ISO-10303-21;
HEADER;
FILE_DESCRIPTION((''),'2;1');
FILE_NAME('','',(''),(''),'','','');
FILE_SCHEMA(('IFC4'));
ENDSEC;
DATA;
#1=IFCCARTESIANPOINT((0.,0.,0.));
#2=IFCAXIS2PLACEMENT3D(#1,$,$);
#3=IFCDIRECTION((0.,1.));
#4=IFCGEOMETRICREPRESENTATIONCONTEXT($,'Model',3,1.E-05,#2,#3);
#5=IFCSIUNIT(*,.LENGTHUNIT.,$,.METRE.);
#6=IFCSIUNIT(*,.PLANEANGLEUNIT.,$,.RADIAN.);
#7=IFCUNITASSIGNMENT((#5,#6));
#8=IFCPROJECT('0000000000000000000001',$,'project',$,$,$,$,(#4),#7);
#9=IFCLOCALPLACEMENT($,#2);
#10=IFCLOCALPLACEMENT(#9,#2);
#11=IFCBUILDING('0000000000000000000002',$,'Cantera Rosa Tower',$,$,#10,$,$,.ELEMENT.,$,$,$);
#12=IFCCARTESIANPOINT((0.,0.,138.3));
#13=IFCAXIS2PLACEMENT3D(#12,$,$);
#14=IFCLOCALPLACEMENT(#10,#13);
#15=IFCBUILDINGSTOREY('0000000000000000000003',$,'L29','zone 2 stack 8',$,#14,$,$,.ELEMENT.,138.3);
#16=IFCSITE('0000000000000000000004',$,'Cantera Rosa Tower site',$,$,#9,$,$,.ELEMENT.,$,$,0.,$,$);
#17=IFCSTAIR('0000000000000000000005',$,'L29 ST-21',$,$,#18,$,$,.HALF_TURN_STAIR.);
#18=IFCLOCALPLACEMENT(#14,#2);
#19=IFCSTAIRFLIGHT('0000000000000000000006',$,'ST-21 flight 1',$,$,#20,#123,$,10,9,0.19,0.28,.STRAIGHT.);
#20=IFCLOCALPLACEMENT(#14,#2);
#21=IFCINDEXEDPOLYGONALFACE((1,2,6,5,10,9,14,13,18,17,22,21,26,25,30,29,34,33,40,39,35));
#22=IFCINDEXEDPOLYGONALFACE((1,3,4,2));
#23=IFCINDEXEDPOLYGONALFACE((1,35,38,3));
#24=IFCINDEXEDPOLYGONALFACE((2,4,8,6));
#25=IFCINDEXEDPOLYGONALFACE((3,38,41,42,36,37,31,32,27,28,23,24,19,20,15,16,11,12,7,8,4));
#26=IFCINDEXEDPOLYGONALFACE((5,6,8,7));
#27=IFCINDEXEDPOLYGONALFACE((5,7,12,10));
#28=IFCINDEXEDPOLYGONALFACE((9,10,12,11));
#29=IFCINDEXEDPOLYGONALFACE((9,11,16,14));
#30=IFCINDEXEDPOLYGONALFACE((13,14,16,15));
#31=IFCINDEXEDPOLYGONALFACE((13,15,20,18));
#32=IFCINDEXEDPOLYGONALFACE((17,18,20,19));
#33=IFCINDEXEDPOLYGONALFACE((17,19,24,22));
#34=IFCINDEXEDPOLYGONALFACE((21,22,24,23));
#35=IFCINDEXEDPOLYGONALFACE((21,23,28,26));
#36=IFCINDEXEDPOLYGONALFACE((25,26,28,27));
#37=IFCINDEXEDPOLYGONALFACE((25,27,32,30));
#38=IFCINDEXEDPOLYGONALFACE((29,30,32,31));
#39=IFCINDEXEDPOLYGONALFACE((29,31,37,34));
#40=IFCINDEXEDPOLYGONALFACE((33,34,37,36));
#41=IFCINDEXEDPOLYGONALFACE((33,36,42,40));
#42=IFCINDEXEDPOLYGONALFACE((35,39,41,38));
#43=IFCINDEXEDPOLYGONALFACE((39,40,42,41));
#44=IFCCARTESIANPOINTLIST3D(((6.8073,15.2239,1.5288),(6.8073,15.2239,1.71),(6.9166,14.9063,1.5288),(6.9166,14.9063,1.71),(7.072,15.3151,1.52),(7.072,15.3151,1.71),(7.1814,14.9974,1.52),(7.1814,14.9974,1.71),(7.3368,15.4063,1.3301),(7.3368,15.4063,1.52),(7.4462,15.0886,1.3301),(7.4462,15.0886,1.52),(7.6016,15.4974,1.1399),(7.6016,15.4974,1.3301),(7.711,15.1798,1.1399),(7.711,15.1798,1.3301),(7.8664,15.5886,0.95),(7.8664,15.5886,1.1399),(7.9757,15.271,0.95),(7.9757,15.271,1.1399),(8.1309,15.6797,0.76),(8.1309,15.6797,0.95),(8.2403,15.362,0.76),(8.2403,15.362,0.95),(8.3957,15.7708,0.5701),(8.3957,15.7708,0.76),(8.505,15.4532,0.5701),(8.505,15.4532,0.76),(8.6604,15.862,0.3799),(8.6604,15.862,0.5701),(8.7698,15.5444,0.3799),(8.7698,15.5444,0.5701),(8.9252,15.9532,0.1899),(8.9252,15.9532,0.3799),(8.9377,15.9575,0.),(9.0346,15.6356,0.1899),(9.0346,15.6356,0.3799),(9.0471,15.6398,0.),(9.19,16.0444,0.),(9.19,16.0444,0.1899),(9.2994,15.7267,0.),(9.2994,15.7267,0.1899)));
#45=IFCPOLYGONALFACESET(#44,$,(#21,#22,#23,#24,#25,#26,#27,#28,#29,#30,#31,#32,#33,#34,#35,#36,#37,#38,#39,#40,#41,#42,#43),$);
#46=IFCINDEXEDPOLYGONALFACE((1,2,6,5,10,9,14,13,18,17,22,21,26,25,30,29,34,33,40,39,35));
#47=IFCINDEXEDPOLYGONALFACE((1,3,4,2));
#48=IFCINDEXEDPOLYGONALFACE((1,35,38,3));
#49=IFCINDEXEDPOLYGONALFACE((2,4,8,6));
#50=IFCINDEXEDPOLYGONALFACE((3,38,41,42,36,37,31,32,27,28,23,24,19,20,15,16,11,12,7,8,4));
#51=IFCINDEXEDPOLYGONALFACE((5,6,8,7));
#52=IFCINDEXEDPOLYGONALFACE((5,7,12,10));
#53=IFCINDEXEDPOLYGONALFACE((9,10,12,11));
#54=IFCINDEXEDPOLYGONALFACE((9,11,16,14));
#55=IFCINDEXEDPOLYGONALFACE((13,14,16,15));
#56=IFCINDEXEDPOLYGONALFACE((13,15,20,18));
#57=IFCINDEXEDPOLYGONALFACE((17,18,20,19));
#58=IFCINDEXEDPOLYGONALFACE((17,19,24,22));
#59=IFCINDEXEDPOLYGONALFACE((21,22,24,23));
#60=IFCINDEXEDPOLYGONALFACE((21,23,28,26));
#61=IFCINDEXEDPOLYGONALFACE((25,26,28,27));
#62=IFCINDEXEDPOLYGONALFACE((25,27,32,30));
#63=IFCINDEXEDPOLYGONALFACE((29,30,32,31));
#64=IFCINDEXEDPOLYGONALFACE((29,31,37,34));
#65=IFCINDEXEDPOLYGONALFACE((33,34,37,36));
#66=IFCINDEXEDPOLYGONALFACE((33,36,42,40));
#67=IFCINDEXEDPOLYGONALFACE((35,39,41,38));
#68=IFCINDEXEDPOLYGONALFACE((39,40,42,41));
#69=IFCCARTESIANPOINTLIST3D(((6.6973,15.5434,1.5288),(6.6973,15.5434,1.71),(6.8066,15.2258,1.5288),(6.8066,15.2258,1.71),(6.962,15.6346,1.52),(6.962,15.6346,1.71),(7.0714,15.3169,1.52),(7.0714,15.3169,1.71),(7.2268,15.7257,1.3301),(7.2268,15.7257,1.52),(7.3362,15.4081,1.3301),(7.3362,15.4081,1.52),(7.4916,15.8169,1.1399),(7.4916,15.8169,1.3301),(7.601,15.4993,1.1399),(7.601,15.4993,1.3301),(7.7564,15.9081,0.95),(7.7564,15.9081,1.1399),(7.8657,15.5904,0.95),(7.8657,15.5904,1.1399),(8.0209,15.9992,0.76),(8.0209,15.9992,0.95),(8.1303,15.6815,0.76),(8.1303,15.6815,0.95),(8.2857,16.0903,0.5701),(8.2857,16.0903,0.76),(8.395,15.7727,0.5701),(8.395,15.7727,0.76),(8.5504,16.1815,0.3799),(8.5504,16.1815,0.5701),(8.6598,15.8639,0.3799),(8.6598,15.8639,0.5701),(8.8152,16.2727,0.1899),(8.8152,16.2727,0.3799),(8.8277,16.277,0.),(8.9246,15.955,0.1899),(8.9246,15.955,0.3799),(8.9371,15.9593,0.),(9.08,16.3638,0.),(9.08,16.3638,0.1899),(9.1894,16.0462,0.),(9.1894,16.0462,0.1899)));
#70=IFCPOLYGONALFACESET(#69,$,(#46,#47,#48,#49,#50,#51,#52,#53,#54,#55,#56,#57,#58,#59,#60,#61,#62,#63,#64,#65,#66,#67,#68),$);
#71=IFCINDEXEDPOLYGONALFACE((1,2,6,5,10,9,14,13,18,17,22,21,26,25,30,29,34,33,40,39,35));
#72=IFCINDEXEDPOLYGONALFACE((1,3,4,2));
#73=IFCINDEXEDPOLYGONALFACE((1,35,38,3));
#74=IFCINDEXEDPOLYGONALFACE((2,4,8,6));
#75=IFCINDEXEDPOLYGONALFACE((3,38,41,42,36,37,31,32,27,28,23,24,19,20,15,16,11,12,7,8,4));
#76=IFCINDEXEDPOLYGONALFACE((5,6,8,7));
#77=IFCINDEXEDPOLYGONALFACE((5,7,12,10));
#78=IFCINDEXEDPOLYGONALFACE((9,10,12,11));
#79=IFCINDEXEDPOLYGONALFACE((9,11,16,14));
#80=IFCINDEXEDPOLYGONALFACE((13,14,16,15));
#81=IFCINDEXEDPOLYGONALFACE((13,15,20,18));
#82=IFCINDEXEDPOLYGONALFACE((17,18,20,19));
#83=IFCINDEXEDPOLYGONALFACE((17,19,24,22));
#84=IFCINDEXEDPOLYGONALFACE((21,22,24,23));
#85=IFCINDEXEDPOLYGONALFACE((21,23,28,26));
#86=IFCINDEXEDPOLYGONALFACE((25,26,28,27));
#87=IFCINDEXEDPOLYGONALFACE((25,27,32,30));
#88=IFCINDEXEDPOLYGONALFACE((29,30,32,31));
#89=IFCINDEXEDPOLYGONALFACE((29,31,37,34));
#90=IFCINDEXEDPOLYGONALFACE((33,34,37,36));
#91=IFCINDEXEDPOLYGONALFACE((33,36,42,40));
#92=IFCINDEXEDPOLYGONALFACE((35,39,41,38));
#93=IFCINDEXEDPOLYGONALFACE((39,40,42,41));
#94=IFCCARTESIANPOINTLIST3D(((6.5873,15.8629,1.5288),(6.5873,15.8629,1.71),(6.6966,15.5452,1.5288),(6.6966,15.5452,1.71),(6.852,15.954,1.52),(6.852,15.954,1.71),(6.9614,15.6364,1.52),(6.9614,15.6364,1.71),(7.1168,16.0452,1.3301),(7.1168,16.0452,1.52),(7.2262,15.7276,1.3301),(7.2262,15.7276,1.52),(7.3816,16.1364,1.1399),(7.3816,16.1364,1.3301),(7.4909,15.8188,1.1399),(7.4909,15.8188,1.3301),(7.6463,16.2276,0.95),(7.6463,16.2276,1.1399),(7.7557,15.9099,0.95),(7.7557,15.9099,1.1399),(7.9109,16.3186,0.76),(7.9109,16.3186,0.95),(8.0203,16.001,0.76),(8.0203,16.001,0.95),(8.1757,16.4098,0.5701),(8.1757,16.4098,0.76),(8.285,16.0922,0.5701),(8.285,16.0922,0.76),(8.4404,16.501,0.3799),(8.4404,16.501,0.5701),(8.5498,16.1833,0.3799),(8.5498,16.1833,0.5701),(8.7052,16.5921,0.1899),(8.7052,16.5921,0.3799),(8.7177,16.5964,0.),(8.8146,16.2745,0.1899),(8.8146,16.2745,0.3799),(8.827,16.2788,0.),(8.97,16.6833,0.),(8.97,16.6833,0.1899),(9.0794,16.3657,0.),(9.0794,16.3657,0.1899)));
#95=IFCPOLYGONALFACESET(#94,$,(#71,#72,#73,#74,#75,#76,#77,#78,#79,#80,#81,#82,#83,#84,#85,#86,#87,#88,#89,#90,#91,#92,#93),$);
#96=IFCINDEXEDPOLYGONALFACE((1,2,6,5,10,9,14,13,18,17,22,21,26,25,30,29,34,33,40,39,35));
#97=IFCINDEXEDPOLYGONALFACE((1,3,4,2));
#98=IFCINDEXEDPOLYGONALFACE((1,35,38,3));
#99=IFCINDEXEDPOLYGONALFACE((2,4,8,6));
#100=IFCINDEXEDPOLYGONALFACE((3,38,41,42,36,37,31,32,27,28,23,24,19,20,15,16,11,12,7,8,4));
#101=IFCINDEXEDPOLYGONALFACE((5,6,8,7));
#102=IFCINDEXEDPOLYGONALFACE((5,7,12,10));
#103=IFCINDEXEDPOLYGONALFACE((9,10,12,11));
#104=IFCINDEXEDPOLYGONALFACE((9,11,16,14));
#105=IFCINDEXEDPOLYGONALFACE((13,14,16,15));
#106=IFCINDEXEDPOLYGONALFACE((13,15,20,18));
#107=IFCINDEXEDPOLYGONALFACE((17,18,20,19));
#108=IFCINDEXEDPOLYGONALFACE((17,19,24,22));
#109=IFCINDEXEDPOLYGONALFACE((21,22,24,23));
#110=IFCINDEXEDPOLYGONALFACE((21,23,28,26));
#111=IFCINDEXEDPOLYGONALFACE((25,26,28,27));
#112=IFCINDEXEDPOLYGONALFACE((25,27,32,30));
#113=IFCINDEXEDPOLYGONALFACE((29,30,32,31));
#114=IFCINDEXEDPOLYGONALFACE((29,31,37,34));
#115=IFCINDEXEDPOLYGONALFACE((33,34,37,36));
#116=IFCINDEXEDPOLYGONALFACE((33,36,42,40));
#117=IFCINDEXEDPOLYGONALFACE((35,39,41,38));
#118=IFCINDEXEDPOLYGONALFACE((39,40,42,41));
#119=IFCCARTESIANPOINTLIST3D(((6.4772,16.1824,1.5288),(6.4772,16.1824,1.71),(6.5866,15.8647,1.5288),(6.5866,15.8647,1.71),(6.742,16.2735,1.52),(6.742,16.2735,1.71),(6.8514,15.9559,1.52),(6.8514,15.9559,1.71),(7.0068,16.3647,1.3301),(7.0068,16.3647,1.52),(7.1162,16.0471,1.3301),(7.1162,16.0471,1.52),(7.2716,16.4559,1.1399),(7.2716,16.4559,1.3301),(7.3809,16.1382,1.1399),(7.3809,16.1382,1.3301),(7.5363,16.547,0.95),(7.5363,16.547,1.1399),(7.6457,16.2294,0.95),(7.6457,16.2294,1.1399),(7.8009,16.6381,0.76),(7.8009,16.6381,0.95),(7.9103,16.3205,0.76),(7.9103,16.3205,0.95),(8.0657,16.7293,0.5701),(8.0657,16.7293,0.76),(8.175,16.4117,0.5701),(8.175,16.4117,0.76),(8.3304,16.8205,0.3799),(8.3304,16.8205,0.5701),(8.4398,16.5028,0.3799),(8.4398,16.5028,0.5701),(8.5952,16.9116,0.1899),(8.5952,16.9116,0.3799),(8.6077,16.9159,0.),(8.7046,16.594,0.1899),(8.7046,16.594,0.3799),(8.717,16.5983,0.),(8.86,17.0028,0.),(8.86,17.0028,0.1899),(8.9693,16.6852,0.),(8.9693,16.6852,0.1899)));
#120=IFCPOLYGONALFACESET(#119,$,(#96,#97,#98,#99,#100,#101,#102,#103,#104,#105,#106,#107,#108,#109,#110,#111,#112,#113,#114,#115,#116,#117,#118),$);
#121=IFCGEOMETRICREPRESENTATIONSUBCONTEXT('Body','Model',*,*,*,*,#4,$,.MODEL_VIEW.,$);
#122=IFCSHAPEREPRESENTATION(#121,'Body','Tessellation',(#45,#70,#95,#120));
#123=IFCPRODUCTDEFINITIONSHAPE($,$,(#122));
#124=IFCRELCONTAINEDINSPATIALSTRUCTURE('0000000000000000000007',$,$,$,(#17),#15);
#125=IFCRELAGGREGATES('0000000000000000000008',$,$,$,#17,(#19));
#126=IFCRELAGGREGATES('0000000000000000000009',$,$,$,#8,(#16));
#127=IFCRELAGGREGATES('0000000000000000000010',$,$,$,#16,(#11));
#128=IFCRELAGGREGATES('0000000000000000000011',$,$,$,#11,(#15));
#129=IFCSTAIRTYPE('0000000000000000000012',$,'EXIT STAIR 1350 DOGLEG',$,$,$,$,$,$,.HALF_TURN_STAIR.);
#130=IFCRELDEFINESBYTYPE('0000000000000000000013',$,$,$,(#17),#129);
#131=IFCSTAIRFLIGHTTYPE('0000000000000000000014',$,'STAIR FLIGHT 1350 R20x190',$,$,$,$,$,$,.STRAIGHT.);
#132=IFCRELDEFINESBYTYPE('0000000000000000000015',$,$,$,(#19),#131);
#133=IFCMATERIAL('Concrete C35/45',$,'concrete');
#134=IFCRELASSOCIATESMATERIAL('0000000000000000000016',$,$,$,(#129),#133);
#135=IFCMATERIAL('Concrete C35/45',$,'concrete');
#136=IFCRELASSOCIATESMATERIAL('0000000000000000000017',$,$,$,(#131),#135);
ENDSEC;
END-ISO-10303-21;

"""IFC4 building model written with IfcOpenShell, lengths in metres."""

from ifc_helpers import new_model, si_unit, direction, frame, origin, place, context, subcontext, project, spatial, polyline, outline, extrude, material, type_object, element, aggregate, save


model = new_model("IFC4")

# Units and contexts
model_context = context("Model", 3, precision=1e-05, world=origin(), true_north=direction((0.0, 1.0)))
body_context = subcontext(model_context, "Body", "Model", "MODEL_VIEW")
ifc_project = project(units=[si_unit("LENGTHUNIT", "METRE"), si_unit("PLANEANGLEUNIT", "RADIAN")], contexts=[model_context])

# Site, building, storey
site_placement = place(None, origin())
site = spatial("IfcSite", under=ifc_project, at=site_placement, Name="Cantera Rosa Tower site", CompositionType="ELEMENT", RefElevation=0.0)
building_placement = place(site_placement, origin())
building = spatial("IfcBuilding", under=site, at=building_placement, Name="Cantera Rosa Tower", CompositionType="ELEMENT")
storey_placement = place(building_placement, frame((0.0, 0.0, 138.3)))
storey = spatial("IfcBuildingStorey", under=building, at=storey_placement, Name="L29", Description="zone 2 stack 8", CompositionType="ELEMENT", Elevation=138.3)

# Stair, stair flight
ifc_material_1 = material(Name="Concrete C35/45", Category="concrete")
stair_type = type_object("IfcStairType", Name="EXIT STAIR 1350 DOGLEG", PredefinedType="HALF_TURN_STAIR", material=ifc_material_1)
stair_placement = place(storey_placement, origin())
stair = element("IfcStair", 1, at=stair_placement, inside=storey, type_object=stair_type, Name="L29 ST-21", PredefinedType="HALF_TURN_STAIR")
ifc_material_2 = material(Name="Concrete C35/45", Category="concrete")
stair_flight_type = type_object("IfcStairFlightType", Name="STAIR FLIGHT 1350 R20x190", PredefinedType="STRAIGHT", material=ifc_material_2)
stair_flight_placement = place(storey_placement, frame((9.0796, 16.365, 0.0), z_axis=(0.0, 0.0, 1.0), x_axis=(-0.945519, -0.325568, 0.0)))
stair_flight = element("IfcStairFlight", 2, at=stair_flight_placement, type_object=stair_flight_type, Name="ST-21 flight 1", NumberOfRisers=10, NumberOfTreads=9, PredefinedType="STRAIGHT", RiserHeight=0.19, TreadLength=0.28, context=body_context, shape_type="SweptSolid", body=[
    extrude(outline(polyline([(0.0, 0.0), (0.0, 0.1899), (0.28, 0.1899), (0.28, 0.3799), (0.5601, 0.3799), (0.5601, 0.5701), (0.8401, 0.5701), (0.8401, 0.76), (1.1201, 0.76), (1.1201, 0.95), (1.3999, 0.95), (1.3999, 1.1399), (1.6799, 1.1399), (1.6799, 1.3301), (1.96, 1.3301), (1.96, 1.52), (2.24, 1.52), (2.24, 1.71), (2.52, 1.71), (2.52, 1.8999), (2.52, 1.5288), (0.2668, 0.0), (0.0, 0.0)])), frame((0.0, 0.675, 0.0), z_axis=(0.0, -1.0, 0.0), x_axis=(1.0, 0.0, 0.0)), (0.0, 0.0, 1.0), 0.3359),
    extrude(outline(polyline([(0.0, 0.0), (0.0, 0.1899), (0.28, 0.1899), (0.28, 0.3799), (0.5601, 0.3799), (0.5601, 0.5701), (0.8401, 0.5701), (0.8401, 0.76), (1.1201, 0.76), (1.1201, 0.95), (1.3999, 0.95), (1.3999, 1.1399), (1.6799, 1.1399), (1.6799, 1.3301), (1.96, 1.3301), (1.96, 1.52), (2.24, 1.52), (2.24, 1.71), (2.52, 1.71), (2.52, 1.8999), (2.52, 1.5288), (0.2668, 0.0), (0.0, 0.0)])), frame((0.0, 0.3372, 0.0), z_axis=(0.0, -1.0, 0.0), x_axis=(1.0, 0.0, 0.0)), (0.0, 0.0, 1.0), 0.3359),
    extrude(outline(polyline([(0.0, 0.0), (0.0, 0.1899), (0.28, 0.1899), (0.28, 0.3799), (0.5601, 0.3799), (0.5601, 0.5701), (0.8401, 0.5701), (0.8401, 0.76), (1.1201, 0.76), (1.1201, 0.95), (1.3999, 0.95), (1.3999, 1.1399), (1.6799, 1.1399), (1.6799, 1.3301), (1.96, 1.3301), (1.96, 1.52), (2.24, 1.52), (2.24, 1.71), (2.52, 1.71), (2.52, 1.8999), (2.52, 1.5288), (0.2668, 0.0), (0.0, 0.0)])), frame((0.0, -0.0007, 0.0), z_axis=(0.0, -1.0, 0.0), x_axis=(1.0, 0.0, 0.0)), (0.0, 0.0, 1.0), 0.3359),
    extrude(outline(polyline([(0.0, 0.0), (0.0, 0.1899), (0.28, 0.1899), (0.28, 0.3799), (0.5601, 0.3799), (0.5601, 0.5701), (0.8401, 0.5701), (0.8401, 0.76), (1.1201, 0.76), (1.1201, 0.95), (1.3999, 0.95), (1.3999, 1.1399), (1.6799, 1.1399), (1.6799, 1.3301), (1.96, 1.3301), (1.96, 1.52), (2.24, 1.52), (2.24, 1.71), (2.52, 1.71), (2.52, 1.8999), (2.52, 1.5288), (0.2668, 0.0), (0.0, 0.0)])), frame((0.0, -0.3386, 0.0), z_axis=(0.0, -1.0, 0.0), x_axis=(1.0, 0.0, 0.0)), (0.0, 0.0, 1.0), 0.3359),
])
aggregate(stair, [stair_flight])

save(model, "model.ifc")
